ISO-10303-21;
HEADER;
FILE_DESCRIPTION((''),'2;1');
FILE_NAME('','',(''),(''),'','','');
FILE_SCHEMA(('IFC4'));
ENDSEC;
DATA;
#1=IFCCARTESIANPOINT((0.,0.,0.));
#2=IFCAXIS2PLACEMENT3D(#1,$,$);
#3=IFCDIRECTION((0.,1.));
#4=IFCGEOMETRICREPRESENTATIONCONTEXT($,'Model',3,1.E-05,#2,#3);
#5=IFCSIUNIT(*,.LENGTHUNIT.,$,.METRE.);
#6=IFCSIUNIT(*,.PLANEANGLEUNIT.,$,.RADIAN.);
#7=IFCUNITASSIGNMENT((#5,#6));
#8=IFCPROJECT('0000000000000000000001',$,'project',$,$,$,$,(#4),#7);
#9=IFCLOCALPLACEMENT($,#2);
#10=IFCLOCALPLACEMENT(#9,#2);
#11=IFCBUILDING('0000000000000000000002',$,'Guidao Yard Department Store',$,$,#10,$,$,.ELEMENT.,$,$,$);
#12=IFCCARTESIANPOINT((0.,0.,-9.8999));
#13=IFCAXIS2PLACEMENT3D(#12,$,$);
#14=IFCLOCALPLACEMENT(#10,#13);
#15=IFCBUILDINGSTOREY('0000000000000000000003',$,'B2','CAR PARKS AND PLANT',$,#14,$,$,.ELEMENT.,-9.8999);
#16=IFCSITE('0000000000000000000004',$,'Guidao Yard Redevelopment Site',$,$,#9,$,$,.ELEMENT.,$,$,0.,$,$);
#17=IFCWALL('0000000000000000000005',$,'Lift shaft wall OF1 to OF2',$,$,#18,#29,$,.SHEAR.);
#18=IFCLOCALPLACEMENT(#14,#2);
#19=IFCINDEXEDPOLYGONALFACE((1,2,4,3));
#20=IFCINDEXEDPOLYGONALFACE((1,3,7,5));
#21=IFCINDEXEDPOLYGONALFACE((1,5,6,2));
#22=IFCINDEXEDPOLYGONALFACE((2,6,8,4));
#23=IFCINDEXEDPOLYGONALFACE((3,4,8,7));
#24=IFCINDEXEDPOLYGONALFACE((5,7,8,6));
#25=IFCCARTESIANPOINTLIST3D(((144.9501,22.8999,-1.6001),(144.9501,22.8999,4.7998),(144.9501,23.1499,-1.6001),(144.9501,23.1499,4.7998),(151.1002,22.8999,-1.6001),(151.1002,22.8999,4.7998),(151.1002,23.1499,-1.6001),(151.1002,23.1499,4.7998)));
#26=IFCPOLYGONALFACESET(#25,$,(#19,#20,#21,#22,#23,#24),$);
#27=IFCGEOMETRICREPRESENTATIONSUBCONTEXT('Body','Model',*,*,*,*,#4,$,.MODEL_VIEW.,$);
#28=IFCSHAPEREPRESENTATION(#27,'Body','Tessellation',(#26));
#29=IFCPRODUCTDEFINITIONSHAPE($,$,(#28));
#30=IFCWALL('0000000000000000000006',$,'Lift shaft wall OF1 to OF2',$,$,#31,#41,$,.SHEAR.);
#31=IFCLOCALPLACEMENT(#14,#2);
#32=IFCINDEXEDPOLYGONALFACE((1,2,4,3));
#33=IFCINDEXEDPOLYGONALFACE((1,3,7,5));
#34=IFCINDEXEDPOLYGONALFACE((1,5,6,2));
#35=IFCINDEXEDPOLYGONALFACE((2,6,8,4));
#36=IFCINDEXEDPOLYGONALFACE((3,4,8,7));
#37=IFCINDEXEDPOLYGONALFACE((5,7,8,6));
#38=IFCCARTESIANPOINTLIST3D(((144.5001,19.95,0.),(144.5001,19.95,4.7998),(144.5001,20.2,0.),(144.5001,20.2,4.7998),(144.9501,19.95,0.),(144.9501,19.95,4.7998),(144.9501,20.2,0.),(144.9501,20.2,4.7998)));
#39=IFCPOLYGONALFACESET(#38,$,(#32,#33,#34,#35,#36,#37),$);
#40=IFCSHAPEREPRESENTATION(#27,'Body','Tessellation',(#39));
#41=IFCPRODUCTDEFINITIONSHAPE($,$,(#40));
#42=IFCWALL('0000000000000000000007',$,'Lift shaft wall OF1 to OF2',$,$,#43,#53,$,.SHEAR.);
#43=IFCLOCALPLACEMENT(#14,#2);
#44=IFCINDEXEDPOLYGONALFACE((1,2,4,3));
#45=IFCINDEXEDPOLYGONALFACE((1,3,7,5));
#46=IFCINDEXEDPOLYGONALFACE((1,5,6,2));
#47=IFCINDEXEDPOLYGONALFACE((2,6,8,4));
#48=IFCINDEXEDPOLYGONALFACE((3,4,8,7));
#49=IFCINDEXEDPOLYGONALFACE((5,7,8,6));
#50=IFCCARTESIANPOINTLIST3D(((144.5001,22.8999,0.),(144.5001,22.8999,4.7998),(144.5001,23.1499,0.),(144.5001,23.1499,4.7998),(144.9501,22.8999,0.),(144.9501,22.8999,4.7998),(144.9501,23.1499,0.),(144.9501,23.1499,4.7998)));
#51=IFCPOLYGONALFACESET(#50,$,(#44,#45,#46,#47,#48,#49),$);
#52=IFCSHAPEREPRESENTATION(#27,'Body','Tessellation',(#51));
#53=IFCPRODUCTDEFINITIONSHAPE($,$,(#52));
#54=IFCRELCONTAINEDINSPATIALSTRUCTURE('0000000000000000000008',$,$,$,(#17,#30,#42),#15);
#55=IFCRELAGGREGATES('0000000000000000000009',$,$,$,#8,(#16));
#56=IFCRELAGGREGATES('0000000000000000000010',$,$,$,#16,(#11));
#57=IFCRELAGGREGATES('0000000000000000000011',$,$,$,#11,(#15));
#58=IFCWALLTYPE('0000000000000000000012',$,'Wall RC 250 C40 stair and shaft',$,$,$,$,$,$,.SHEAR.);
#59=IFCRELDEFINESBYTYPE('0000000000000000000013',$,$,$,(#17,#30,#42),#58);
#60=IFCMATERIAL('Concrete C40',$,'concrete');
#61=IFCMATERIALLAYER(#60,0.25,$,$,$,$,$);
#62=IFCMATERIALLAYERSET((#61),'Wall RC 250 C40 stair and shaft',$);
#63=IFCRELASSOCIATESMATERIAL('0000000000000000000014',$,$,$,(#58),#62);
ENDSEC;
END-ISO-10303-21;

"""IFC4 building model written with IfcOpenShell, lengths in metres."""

from ifc_helpers import new_model, si_unit, direction, frame, frame_2d, origin, place, context, subcontext, project, spatial, rectangle, extrude, material, layer, layer_set, type_object, element, save


model = new_model("IFC4")

# Units and contexts
model_context = context("Model", 3, precision=1e-05, world=origin(), true_north=direction((0.0, 1.0)))
body_context = subcontext(model_context, "Body", "Model", "MODEL_VIEW")
ifc_project = project(units=[si_unit("LENGTHUNIT", "METRE"), si_unit("PLANEANGLEUNIT", "RADIAN")], contexts=[model_context])

# Site, building, storey
site_placement = place(None, origin())
site = spatial("IfcSite", under=ifc_project, at=site_placement, Name="Guidao Yard Redevelopment Site", CompositionType="ELEMENT", RefElevation=0.0)
building_placement = place(site_placement, origin())
building = spatial("IfcBuilding", under=site, at=building_placement, Name="Guidao Yard Department Store", CompositionType="ELEMENT")
storey_placement = place(building_placement, frame((0.0, 0.0, -9.8999)))
storey = spatial("IfcBuildingStorey", under=building, at=storey_placement, Name="B2", Description="CAR PARKS AND PLANT", CompositionType="ELEMENT", Elevation=-9.8999)

# Shared definitions
ifc_material_1 = material(Name="Concrete C40", Category="concrete")
ifc_layer_1 = layer(ifc_material_1, 0.25)
ifc_layer_set_1 = layer_set([ifc_layer_1], Name="Wall RC 250 C40 stair and shaft")
wall_type_1 = type_object("IfcWallType", Name="Wall RC 250 C40 stair and shaft", PredefinedType="SHEAR", material=ifc_layer_set_1)

# Walls
wall_1_placement = place(storey_placement, frame((144.95, 23.0249, -1.6001), z_axis=(0.0, 0.0, 1.0), x_axis=(1.0, 0.0, 0.0)))
element("IfcWall", 1, at=wall_1_placement, inside=storey, type_object=wall_type_1, Name="Lift shaft wall OF1 to OF2", PredefinedType="SHEAR", context=body_context, shape_type="SweptSolid", body=[
    extrude(rectangle(XDim=6.1501, YDim=0.25, at=frame_2d((3.0752, 0.0))), origin(), (0.0, 0.0, 1.0), 6.3999),
])
for number, where, z_axis, x_axis, name in (
    (2, (144.5, 20.075, 0.0), (0.0, 0.0, 1.0), (1.0, 0.0, 0.0), "Lift shaft wall OF1 to OF2"),
    (3, (144.5, 23.0249, 0.0), (0.0, 0.0, 1.0), (1.0, 0.0, 0.0), "Lift shaft wall OF1 to OF2"),
):
    element("IfcWall", number, at=place(storey_placement, frame(where, z_axis=z_axis, x_axis=x_axis)), inside=storey, type_object=wall_type_1, Name=name, PredefinedType="SHEAR", context=body_context, shape_type="SweptSolid", body=[
        extrude(rectangle(XDim=0.45, YDim=0.25, at=frame_2d((0.2251, 0.0))), origin(), (0.0, 0.0, 1.0), 4.7998),
    ])

save(model, "model.ifc")
